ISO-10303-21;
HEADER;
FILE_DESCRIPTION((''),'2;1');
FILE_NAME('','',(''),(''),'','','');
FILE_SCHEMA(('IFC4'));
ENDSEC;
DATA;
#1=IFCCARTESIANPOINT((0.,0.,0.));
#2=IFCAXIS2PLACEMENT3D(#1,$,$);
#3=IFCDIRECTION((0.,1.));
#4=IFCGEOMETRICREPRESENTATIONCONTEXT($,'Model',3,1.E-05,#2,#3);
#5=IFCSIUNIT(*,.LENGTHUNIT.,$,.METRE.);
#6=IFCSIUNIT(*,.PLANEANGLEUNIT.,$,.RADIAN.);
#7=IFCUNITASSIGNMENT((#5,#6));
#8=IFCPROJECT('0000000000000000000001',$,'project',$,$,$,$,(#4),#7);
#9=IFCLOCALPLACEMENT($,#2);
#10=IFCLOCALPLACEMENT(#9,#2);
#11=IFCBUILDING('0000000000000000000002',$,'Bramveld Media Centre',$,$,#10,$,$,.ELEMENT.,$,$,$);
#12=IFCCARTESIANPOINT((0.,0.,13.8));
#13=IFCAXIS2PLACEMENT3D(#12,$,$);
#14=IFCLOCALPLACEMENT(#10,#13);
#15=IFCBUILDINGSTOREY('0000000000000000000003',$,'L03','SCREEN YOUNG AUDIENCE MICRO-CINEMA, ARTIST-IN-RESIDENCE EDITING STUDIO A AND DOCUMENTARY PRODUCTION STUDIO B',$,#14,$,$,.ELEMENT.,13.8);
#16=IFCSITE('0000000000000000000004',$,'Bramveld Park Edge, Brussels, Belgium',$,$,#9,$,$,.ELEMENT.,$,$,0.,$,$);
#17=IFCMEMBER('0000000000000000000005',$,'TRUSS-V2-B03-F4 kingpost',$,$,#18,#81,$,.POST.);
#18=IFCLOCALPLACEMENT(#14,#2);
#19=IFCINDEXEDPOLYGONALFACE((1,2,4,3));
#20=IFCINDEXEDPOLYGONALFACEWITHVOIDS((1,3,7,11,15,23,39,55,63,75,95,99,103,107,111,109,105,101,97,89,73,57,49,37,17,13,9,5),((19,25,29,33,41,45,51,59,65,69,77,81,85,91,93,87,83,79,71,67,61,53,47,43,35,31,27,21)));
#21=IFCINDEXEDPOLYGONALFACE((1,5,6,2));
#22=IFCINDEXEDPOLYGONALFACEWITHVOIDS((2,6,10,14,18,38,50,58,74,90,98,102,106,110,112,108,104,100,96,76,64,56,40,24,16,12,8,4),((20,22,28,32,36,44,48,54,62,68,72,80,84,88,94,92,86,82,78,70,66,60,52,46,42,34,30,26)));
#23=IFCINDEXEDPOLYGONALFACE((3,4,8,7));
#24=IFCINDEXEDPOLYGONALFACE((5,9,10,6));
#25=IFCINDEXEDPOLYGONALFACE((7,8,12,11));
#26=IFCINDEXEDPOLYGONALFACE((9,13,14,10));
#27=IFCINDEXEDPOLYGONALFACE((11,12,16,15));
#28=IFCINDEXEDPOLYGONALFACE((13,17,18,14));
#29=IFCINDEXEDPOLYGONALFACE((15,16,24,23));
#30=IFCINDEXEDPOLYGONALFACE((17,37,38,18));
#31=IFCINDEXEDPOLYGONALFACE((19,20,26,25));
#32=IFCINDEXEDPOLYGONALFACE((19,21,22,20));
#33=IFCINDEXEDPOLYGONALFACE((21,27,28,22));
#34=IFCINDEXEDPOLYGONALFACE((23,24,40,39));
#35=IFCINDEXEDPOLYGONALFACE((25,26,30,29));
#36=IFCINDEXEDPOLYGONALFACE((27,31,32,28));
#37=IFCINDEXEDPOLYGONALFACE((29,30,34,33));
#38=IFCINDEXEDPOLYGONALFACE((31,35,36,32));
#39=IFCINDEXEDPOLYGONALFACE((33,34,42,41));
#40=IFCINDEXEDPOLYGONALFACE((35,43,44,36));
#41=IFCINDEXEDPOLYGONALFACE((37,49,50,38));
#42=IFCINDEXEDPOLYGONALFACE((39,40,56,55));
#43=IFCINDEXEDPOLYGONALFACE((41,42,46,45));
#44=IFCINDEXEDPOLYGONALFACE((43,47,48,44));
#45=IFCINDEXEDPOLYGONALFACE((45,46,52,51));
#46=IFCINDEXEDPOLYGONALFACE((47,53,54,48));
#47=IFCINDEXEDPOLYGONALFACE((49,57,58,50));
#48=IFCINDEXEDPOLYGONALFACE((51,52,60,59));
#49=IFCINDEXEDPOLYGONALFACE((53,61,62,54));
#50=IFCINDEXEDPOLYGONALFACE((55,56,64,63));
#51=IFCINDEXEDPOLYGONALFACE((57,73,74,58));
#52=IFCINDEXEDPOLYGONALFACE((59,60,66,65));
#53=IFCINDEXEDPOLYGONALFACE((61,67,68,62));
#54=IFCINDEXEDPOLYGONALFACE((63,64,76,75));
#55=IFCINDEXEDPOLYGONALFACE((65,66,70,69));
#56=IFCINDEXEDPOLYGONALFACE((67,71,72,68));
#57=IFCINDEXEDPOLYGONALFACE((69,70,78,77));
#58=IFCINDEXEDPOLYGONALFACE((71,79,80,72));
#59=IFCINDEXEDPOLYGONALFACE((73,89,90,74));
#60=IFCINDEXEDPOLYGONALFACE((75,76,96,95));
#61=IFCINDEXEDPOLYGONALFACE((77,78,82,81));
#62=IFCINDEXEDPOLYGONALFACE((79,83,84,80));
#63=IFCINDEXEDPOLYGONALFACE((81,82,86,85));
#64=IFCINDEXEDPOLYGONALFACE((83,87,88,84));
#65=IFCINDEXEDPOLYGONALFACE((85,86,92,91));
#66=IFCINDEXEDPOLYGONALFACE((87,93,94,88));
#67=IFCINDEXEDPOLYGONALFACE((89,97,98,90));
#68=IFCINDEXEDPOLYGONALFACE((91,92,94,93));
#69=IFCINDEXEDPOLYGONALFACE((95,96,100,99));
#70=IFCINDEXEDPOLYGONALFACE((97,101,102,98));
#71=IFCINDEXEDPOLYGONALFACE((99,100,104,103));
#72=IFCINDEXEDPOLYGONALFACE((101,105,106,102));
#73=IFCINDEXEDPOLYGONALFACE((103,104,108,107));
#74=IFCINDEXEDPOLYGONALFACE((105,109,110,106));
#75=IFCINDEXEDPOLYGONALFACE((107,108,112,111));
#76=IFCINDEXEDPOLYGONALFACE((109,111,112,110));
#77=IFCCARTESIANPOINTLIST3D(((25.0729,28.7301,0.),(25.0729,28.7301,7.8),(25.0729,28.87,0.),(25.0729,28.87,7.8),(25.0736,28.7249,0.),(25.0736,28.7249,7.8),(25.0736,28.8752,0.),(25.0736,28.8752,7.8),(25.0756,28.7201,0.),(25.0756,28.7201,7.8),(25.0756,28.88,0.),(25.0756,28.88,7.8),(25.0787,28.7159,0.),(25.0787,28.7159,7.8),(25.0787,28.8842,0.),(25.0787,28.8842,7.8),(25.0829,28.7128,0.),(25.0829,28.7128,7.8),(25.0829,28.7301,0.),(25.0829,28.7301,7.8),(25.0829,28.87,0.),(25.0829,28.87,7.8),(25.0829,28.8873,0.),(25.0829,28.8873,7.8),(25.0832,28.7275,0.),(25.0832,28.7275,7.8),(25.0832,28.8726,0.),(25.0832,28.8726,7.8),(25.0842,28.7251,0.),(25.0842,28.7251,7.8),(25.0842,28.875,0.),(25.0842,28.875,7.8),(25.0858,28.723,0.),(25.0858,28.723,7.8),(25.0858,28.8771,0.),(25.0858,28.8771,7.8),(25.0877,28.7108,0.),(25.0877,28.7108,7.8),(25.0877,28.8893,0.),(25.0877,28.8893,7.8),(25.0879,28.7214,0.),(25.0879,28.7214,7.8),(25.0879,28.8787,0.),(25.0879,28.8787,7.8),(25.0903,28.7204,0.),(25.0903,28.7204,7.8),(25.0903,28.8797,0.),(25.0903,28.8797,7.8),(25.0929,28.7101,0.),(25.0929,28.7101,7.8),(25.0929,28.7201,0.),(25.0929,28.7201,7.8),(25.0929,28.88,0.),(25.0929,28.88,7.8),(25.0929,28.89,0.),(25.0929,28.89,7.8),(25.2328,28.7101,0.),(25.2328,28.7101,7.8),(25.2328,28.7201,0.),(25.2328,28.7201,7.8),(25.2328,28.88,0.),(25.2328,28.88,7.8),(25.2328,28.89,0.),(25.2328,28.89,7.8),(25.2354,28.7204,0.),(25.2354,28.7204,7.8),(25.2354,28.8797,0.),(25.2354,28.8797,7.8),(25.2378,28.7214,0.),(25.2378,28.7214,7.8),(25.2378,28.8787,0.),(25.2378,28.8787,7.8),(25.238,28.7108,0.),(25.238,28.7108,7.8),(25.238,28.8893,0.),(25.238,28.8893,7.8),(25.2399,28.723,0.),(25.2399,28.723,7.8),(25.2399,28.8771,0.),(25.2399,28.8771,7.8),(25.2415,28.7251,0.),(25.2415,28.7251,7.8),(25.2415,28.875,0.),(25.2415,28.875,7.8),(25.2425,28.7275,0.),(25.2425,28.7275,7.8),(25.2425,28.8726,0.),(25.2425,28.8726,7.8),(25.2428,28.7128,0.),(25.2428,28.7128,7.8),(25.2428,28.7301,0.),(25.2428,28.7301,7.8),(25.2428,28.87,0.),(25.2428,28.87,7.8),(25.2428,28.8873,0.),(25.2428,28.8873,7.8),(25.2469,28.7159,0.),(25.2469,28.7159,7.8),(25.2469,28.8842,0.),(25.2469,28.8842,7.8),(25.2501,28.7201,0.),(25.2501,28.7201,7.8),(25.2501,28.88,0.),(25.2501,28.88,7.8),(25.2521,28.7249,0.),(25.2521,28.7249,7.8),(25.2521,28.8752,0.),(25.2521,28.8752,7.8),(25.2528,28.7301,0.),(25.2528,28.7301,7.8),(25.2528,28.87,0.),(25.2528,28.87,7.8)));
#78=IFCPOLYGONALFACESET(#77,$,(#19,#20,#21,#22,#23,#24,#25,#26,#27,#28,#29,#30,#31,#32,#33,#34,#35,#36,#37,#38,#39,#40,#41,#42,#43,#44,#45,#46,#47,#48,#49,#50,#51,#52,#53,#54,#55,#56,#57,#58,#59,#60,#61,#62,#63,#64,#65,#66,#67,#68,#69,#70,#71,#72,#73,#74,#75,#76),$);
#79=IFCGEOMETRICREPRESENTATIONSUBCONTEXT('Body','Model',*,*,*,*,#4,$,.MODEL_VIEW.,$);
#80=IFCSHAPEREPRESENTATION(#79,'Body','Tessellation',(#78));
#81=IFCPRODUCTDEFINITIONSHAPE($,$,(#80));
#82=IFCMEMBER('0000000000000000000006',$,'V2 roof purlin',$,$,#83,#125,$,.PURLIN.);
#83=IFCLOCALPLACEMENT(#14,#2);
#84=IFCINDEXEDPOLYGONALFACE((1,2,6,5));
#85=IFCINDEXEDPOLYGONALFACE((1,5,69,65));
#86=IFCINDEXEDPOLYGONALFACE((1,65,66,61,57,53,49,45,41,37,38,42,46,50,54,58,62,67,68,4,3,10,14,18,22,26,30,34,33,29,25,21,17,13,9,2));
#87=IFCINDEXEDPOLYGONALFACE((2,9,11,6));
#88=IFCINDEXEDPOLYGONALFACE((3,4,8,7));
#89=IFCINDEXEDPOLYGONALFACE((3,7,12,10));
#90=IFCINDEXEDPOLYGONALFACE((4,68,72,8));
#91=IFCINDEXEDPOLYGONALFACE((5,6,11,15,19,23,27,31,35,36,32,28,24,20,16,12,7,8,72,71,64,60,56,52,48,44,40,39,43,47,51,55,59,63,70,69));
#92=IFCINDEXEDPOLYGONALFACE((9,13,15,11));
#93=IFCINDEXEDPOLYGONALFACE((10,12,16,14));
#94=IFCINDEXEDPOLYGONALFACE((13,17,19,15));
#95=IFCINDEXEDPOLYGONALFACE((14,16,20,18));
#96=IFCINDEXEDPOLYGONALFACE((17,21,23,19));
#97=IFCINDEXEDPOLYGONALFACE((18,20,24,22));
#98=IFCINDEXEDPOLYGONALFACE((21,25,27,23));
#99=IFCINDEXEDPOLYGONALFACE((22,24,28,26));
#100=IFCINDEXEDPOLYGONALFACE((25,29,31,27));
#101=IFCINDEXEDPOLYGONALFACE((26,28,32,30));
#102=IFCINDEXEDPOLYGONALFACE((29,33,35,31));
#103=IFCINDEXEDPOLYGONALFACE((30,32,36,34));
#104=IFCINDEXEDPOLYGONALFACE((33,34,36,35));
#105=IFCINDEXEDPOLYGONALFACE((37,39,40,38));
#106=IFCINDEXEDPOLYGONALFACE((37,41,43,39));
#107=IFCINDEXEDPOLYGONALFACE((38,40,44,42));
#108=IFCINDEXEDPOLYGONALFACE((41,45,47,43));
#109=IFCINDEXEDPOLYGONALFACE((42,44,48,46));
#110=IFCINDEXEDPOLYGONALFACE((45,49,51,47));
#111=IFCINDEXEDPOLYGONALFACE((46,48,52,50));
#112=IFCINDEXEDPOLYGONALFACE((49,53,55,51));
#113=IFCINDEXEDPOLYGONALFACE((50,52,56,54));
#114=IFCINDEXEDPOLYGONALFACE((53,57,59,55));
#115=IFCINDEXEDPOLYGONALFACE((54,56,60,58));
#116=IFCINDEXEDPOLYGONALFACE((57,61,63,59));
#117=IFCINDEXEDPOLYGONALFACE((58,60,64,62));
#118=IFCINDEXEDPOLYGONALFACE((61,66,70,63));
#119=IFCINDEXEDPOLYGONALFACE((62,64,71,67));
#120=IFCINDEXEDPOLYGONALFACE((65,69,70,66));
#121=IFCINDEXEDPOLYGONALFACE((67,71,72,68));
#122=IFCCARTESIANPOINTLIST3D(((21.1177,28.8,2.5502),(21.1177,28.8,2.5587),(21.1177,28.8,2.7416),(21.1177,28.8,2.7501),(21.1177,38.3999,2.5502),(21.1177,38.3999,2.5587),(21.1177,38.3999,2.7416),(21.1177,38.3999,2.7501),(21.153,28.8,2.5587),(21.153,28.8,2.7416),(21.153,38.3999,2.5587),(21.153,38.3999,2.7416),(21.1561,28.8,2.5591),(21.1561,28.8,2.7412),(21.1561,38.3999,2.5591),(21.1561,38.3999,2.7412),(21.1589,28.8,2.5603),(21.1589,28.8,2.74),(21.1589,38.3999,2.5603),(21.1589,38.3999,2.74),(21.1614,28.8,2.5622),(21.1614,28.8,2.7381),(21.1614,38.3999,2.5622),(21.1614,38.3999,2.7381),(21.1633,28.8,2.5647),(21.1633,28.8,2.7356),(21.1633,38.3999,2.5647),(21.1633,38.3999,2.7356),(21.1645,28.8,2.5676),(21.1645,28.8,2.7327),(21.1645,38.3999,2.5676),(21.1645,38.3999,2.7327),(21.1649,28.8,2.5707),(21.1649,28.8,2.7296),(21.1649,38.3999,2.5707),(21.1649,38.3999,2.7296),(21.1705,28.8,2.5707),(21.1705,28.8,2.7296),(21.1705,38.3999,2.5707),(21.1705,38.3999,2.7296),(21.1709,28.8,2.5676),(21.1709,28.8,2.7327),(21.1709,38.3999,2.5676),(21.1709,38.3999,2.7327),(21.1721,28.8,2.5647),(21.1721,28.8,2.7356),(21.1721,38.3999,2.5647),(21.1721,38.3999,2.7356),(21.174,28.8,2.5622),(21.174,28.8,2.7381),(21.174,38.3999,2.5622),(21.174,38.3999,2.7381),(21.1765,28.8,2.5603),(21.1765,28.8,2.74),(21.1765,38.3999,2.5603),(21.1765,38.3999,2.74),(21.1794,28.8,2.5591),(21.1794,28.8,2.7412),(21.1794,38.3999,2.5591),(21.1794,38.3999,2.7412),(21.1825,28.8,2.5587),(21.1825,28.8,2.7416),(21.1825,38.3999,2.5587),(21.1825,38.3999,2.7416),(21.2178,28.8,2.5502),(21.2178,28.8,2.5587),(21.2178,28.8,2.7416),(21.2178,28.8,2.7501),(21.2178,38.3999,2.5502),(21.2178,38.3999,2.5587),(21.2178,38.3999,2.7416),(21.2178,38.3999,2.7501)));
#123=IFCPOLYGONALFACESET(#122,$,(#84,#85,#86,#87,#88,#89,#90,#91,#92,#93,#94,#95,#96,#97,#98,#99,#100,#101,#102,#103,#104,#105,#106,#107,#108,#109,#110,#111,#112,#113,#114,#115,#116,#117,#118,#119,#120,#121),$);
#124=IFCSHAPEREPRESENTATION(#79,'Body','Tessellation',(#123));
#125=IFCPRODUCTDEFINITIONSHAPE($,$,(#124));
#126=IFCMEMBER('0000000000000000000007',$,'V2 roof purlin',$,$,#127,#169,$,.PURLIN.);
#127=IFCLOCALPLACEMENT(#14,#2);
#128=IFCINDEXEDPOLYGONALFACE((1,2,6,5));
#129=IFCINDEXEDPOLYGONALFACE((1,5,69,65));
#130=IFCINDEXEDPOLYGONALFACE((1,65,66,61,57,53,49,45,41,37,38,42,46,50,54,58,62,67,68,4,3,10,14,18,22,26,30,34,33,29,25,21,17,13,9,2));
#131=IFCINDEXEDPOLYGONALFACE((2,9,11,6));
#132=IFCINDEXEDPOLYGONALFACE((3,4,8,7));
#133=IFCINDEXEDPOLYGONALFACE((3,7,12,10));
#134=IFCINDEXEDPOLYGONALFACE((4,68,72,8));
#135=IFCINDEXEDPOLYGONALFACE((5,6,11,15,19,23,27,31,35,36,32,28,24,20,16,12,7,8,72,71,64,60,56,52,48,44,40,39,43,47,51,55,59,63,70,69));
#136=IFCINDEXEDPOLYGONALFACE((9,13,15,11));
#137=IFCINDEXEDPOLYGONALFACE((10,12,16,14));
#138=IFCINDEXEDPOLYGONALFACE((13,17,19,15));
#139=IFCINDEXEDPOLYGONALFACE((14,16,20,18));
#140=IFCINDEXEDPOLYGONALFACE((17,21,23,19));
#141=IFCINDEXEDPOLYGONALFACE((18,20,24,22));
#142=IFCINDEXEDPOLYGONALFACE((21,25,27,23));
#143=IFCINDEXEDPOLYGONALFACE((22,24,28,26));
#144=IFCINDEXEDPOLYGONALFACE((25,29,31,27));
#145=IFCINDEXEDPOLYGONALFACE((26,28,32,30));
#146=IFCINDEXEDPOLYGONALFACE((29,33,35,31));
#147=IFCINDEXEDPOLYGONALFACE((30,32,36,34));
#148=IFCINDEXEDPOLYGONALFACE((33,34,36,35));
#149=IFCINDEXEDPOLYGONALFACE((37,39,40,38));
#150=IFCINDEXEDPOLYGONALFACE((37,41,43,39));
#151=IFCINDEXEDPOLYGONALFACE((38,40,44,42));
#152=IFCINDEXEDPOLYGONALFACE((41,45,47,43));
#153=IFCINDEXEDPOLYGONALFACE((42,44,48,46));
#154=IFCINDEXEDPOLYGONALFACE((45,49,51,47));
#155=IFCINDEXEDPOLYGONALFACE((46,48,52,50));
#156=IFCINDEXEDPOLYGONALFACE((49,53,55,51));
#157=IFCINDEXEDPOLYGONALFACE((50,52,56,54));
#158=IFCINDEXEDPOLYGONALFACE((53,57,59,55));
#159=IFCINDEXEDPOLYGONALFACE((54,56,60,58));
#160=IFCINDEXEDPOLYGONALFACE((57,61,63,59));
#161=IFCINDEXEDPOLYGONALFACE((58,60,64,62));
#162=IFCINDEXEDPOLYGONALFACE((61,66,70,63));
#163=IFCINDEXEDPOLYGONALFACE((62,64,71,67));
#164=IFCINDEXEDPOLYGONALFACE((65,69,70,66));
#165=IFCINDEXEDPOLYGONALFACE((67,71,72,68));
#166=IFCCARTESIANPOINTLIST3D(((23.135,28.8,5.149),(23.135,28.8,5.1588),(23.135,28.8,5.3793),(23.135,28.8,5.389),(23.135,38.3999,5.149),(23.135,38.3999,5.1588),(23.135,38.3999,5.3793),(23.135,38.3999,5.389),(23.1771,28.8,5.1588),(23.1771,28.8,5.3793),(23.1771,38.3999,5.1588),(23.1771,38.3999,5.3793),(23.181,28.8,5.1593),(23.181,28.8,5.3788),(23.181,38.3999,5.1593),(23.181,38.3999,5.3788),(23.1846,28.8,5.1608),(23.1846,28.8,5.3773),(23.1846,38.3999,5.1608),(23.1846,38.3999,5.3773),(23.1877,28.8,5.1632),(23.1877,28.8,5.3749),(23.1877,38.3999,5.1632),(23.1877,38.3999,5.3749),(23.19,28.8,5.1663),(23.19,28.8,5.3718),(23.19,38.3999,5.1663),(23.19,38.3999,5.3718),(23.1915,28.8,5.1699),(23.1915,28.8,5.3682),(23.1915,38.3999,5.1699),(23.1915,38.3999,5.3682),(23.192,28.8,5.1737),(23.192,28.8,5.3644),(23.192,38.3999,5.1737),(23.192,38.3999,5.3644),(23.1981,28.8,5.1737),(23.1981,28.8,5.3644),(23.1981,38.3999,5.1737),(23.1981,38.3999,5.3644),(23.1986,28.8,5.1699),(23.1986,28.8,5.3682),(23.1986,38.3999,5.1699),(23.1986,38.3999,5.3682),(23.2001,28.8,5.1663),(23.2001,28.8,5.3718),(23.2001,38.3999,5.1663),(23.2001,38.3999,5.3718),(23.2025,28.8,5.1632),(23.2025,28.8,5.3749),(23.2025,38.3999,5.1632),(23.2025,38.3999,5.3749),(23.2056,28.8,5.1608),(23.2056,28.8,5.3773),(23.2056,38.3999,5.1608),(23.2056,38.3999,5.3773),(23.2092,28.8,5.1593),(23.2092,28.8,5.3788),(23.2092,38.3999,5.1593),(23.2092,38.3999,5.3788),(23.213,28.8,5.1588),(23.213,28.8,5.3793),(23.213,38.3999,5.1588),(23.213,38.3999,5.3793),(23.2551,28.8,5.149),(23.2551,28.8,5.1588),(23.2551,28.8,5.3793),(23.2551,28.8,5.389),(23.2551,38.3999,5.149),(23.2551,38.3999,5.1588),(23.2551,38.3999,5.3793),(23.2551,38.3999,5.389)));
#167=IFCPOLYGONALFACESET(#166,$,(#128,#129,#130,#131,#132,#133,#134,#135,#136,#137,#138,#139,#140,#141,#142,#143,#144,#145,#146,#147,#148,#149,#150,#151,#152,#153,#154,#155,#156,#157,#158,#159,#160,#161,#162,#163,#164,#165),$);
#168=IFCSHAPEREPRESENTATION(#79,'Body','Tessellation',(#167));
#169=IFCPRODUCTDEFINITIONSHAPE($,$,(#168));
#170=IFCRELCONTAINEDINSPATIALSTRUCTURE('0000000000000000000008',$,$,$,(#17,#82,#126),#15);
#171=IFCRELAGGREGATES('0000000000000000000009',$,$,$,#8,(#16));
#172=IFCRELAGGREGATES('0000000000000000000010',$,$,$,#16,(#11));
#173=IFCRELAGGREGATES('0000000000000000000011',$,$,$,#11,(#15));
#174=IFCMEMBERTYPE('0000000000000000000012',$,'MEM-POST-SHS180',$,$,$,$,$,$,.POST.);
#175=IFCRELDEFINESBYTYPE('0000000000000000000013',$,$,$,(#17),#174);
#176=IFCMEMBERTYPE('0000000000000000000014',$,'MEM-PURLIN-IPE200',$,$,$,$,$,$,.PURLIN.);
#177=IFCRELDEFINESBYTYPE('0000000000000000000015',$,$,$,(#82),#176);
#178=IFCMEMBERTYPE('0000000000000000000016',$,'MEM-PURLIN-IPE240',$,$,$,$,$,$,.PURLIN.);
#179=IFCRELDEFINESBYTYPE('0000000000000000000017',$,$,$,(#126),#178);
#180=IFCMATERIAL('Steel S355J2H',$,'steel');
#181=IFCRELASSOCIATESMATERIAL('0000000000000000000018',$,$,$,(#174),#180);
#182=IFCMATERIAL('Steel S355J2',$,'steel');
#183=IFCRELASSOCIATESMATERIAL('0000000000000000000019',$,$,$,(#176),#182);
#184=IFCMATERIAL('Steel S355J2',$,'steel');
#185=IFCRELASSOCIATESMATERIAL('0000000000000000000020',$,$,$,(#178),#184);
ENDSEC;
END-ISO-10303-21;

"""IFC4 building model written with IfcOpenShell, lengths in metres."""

from ifc_helpers import new_model, si_unit, direction, frame, origin, origin_2d, place, context, subcontext, project, spatial, hollow_rectangle, i_section, extrude, material, material_profile, profile_set, type_object, element, save


model = new_model("IFC4")

# Units and contexts
model_context = context("Model", 3, precision=1e-05, world=origin(), true_north=direction((0.0, 1.0)))
body_context = subcontext(model_context, "Body", "Model", "MODEL_VIEW")
ifc_project = project(units=[si_unit("LENGTHUNIT", "METRE"), si_unit("PLANEANGLEUNIT", "RADIAN")], contexts=[model_context])

# Site, building, storey
site_placement = place(None, origin())
site = spatial("IfcSite", under=ifc_project, at=site_placement, Name="Bramveld Park Edge, Brussels, Belgium", CompositionType="ELEMENT", RefElevation=0.0)
building_placement = place(site_placement, origin())
building = spatial("IfcBuilding", under=site, at=building_placement, Name="Bramveld Media Centre", CompositionType="ELEMENT")
storey_placement = place(building_placement, frame((0.0, 0.0, 13.8)))
storey = spatial("IfcBuildingStorey", under=building, at=storey_placement, Name="L03", Description="SCREEN YOUNG AUDIENCE MICRO-CINEMA, ARTIST-IN-RESIDENCE EDITING STUDIO A AND DOCUMENTARY PRODUCTION STUDIO B", CompositionType="ELEMENT", Elevation=13.8)

# Members
ifc_material_1 = material(Name="Steel S355J2H", Category="steel")
ifc_material_profile_1 = material_profile(ifc_material_1, hollow_rectangle(XDim=0.1799, YDim=0.1799, WallThickness=0.01, InnerFilletRadius=0.01, OuterFilletRadius=0.02, at=origin_2d()), Name="SHS 180x180x10")
ifc_profile_set_1 = profile_set([ifc_material_profile_1], Name="Steel S355J2H")
member_type_1 = type_object("IfcMemberType", Name="MEM-POST-SHS180", PredefinedType="POST", material=ifc_profile_set_1)
member_1_placement = place(storey_placement, frame((25.1628, 28.8, 0.0), z_axis=(0.0, 0.0, 1.0), x_axis=(1.0, 0.0, 0.0)))
element("IfcMember", 1, at=member_1_placement, inside=storey, type_object=member_type_1, Name="TRUSS-V2-B03-F4 kingpost", PredefinedType="POST", context=body_context, shape_type="SweptSolid", body=[
    extrude(hollow_rectangle(XDim=0.1799, YDim=0.1799, WallThickness=0.01, InnerFilletRadius=0.01, OuterFilletRadius=0.02, at=origin_2d()), origin(), (0.0, 0.0, 1.0), 7.8),
])
ifc_material_2 = material(Name="Steel S355J2", Category="steel")
ifc_material_profile_2 = material_profile(ifc_material_2, i_section(OverallWidth=0.1001, OverallDepth=0.2, WebThickness=0.0056, FlangeThickness=0.0085, FilletRadius=0.012, at=origin_2d()), Name="IPE 200")
ifc_profile_set_2 = profile_set([ifc_material_profile_2], Name="Steel S355J2")
member_type_2 = type_object("IfcMemberType", Name="MEM-PURLIN-IPE200", PredefinedType="PURLIN", material=ifc_profile_set_2)
member_2_placement = place(storey_placement, frame((21.1677, 28.8, 2.6501), z_axis=(0.0, 1.0, 0.0), x_axis=(-1.0, 0.0, 0.0)))
element("IfcMember", 2, at=member_2_placement, inside=storey, type_object=member_type_2, Name="V2 roof purlin", PredefinedType="PURLIN", context=body_context, shape_type="SweptSolid", body=[
    extrude(i_section(OverallWidth=0.1001, OverallDepth=0.2, WebThickness=0.0056, FlangeThickness=0.0085, FilletRadius=0.012, at=origin_2d()), origin(), (0.0, 0.0, 1.0), 9.5999),
])
ifc_material_3 = material(Name="Steel S355J2", Category="steel")
ifc_material_profile_3 = material_profile(ifc_material_3, i_section(OverallWidth=0.1201, OverallDepth=0.24, WebThickness=0.0061, FlangeThickness=0.0098, FilletRadius=0.0149, at=origin_2d()), Name="IPE 240")
ifc_profile_set_3 = profile_set([ifc_material_profile_3], Name="Steel S355J2")
member_type_3 = type_object("IfcMemberType", Name="MEM-PURLIN-IPE240", PredefinedType="PURLIN", material=ifc_profile_set_3)
member_3_placement = place(storey_placement, frame((23.1951, 28.8, 5.269), z_axis=(0.0, 1.0, 0.0), x_axis=(-1.0, 0.0, 0.0)))
element("IfcMember", 3, at=member_3_placement, inside=storey, type_object=member_type_3, Name="V2 roof purlin", PredefinedType="PURLIN", context=body_context, shape_type="SweptSolid", body=[
    extrude(i_section(OverallWidth=0.1201, OverallDepth=0.24, WebThickness=0.0061, FlangeThickness=0.0098, FilletRadius=0.0149, at=origin_2d()), origin(), (0.0, 0.0, 1.0), 9.5999),
])

save(model, "model.ifc")
